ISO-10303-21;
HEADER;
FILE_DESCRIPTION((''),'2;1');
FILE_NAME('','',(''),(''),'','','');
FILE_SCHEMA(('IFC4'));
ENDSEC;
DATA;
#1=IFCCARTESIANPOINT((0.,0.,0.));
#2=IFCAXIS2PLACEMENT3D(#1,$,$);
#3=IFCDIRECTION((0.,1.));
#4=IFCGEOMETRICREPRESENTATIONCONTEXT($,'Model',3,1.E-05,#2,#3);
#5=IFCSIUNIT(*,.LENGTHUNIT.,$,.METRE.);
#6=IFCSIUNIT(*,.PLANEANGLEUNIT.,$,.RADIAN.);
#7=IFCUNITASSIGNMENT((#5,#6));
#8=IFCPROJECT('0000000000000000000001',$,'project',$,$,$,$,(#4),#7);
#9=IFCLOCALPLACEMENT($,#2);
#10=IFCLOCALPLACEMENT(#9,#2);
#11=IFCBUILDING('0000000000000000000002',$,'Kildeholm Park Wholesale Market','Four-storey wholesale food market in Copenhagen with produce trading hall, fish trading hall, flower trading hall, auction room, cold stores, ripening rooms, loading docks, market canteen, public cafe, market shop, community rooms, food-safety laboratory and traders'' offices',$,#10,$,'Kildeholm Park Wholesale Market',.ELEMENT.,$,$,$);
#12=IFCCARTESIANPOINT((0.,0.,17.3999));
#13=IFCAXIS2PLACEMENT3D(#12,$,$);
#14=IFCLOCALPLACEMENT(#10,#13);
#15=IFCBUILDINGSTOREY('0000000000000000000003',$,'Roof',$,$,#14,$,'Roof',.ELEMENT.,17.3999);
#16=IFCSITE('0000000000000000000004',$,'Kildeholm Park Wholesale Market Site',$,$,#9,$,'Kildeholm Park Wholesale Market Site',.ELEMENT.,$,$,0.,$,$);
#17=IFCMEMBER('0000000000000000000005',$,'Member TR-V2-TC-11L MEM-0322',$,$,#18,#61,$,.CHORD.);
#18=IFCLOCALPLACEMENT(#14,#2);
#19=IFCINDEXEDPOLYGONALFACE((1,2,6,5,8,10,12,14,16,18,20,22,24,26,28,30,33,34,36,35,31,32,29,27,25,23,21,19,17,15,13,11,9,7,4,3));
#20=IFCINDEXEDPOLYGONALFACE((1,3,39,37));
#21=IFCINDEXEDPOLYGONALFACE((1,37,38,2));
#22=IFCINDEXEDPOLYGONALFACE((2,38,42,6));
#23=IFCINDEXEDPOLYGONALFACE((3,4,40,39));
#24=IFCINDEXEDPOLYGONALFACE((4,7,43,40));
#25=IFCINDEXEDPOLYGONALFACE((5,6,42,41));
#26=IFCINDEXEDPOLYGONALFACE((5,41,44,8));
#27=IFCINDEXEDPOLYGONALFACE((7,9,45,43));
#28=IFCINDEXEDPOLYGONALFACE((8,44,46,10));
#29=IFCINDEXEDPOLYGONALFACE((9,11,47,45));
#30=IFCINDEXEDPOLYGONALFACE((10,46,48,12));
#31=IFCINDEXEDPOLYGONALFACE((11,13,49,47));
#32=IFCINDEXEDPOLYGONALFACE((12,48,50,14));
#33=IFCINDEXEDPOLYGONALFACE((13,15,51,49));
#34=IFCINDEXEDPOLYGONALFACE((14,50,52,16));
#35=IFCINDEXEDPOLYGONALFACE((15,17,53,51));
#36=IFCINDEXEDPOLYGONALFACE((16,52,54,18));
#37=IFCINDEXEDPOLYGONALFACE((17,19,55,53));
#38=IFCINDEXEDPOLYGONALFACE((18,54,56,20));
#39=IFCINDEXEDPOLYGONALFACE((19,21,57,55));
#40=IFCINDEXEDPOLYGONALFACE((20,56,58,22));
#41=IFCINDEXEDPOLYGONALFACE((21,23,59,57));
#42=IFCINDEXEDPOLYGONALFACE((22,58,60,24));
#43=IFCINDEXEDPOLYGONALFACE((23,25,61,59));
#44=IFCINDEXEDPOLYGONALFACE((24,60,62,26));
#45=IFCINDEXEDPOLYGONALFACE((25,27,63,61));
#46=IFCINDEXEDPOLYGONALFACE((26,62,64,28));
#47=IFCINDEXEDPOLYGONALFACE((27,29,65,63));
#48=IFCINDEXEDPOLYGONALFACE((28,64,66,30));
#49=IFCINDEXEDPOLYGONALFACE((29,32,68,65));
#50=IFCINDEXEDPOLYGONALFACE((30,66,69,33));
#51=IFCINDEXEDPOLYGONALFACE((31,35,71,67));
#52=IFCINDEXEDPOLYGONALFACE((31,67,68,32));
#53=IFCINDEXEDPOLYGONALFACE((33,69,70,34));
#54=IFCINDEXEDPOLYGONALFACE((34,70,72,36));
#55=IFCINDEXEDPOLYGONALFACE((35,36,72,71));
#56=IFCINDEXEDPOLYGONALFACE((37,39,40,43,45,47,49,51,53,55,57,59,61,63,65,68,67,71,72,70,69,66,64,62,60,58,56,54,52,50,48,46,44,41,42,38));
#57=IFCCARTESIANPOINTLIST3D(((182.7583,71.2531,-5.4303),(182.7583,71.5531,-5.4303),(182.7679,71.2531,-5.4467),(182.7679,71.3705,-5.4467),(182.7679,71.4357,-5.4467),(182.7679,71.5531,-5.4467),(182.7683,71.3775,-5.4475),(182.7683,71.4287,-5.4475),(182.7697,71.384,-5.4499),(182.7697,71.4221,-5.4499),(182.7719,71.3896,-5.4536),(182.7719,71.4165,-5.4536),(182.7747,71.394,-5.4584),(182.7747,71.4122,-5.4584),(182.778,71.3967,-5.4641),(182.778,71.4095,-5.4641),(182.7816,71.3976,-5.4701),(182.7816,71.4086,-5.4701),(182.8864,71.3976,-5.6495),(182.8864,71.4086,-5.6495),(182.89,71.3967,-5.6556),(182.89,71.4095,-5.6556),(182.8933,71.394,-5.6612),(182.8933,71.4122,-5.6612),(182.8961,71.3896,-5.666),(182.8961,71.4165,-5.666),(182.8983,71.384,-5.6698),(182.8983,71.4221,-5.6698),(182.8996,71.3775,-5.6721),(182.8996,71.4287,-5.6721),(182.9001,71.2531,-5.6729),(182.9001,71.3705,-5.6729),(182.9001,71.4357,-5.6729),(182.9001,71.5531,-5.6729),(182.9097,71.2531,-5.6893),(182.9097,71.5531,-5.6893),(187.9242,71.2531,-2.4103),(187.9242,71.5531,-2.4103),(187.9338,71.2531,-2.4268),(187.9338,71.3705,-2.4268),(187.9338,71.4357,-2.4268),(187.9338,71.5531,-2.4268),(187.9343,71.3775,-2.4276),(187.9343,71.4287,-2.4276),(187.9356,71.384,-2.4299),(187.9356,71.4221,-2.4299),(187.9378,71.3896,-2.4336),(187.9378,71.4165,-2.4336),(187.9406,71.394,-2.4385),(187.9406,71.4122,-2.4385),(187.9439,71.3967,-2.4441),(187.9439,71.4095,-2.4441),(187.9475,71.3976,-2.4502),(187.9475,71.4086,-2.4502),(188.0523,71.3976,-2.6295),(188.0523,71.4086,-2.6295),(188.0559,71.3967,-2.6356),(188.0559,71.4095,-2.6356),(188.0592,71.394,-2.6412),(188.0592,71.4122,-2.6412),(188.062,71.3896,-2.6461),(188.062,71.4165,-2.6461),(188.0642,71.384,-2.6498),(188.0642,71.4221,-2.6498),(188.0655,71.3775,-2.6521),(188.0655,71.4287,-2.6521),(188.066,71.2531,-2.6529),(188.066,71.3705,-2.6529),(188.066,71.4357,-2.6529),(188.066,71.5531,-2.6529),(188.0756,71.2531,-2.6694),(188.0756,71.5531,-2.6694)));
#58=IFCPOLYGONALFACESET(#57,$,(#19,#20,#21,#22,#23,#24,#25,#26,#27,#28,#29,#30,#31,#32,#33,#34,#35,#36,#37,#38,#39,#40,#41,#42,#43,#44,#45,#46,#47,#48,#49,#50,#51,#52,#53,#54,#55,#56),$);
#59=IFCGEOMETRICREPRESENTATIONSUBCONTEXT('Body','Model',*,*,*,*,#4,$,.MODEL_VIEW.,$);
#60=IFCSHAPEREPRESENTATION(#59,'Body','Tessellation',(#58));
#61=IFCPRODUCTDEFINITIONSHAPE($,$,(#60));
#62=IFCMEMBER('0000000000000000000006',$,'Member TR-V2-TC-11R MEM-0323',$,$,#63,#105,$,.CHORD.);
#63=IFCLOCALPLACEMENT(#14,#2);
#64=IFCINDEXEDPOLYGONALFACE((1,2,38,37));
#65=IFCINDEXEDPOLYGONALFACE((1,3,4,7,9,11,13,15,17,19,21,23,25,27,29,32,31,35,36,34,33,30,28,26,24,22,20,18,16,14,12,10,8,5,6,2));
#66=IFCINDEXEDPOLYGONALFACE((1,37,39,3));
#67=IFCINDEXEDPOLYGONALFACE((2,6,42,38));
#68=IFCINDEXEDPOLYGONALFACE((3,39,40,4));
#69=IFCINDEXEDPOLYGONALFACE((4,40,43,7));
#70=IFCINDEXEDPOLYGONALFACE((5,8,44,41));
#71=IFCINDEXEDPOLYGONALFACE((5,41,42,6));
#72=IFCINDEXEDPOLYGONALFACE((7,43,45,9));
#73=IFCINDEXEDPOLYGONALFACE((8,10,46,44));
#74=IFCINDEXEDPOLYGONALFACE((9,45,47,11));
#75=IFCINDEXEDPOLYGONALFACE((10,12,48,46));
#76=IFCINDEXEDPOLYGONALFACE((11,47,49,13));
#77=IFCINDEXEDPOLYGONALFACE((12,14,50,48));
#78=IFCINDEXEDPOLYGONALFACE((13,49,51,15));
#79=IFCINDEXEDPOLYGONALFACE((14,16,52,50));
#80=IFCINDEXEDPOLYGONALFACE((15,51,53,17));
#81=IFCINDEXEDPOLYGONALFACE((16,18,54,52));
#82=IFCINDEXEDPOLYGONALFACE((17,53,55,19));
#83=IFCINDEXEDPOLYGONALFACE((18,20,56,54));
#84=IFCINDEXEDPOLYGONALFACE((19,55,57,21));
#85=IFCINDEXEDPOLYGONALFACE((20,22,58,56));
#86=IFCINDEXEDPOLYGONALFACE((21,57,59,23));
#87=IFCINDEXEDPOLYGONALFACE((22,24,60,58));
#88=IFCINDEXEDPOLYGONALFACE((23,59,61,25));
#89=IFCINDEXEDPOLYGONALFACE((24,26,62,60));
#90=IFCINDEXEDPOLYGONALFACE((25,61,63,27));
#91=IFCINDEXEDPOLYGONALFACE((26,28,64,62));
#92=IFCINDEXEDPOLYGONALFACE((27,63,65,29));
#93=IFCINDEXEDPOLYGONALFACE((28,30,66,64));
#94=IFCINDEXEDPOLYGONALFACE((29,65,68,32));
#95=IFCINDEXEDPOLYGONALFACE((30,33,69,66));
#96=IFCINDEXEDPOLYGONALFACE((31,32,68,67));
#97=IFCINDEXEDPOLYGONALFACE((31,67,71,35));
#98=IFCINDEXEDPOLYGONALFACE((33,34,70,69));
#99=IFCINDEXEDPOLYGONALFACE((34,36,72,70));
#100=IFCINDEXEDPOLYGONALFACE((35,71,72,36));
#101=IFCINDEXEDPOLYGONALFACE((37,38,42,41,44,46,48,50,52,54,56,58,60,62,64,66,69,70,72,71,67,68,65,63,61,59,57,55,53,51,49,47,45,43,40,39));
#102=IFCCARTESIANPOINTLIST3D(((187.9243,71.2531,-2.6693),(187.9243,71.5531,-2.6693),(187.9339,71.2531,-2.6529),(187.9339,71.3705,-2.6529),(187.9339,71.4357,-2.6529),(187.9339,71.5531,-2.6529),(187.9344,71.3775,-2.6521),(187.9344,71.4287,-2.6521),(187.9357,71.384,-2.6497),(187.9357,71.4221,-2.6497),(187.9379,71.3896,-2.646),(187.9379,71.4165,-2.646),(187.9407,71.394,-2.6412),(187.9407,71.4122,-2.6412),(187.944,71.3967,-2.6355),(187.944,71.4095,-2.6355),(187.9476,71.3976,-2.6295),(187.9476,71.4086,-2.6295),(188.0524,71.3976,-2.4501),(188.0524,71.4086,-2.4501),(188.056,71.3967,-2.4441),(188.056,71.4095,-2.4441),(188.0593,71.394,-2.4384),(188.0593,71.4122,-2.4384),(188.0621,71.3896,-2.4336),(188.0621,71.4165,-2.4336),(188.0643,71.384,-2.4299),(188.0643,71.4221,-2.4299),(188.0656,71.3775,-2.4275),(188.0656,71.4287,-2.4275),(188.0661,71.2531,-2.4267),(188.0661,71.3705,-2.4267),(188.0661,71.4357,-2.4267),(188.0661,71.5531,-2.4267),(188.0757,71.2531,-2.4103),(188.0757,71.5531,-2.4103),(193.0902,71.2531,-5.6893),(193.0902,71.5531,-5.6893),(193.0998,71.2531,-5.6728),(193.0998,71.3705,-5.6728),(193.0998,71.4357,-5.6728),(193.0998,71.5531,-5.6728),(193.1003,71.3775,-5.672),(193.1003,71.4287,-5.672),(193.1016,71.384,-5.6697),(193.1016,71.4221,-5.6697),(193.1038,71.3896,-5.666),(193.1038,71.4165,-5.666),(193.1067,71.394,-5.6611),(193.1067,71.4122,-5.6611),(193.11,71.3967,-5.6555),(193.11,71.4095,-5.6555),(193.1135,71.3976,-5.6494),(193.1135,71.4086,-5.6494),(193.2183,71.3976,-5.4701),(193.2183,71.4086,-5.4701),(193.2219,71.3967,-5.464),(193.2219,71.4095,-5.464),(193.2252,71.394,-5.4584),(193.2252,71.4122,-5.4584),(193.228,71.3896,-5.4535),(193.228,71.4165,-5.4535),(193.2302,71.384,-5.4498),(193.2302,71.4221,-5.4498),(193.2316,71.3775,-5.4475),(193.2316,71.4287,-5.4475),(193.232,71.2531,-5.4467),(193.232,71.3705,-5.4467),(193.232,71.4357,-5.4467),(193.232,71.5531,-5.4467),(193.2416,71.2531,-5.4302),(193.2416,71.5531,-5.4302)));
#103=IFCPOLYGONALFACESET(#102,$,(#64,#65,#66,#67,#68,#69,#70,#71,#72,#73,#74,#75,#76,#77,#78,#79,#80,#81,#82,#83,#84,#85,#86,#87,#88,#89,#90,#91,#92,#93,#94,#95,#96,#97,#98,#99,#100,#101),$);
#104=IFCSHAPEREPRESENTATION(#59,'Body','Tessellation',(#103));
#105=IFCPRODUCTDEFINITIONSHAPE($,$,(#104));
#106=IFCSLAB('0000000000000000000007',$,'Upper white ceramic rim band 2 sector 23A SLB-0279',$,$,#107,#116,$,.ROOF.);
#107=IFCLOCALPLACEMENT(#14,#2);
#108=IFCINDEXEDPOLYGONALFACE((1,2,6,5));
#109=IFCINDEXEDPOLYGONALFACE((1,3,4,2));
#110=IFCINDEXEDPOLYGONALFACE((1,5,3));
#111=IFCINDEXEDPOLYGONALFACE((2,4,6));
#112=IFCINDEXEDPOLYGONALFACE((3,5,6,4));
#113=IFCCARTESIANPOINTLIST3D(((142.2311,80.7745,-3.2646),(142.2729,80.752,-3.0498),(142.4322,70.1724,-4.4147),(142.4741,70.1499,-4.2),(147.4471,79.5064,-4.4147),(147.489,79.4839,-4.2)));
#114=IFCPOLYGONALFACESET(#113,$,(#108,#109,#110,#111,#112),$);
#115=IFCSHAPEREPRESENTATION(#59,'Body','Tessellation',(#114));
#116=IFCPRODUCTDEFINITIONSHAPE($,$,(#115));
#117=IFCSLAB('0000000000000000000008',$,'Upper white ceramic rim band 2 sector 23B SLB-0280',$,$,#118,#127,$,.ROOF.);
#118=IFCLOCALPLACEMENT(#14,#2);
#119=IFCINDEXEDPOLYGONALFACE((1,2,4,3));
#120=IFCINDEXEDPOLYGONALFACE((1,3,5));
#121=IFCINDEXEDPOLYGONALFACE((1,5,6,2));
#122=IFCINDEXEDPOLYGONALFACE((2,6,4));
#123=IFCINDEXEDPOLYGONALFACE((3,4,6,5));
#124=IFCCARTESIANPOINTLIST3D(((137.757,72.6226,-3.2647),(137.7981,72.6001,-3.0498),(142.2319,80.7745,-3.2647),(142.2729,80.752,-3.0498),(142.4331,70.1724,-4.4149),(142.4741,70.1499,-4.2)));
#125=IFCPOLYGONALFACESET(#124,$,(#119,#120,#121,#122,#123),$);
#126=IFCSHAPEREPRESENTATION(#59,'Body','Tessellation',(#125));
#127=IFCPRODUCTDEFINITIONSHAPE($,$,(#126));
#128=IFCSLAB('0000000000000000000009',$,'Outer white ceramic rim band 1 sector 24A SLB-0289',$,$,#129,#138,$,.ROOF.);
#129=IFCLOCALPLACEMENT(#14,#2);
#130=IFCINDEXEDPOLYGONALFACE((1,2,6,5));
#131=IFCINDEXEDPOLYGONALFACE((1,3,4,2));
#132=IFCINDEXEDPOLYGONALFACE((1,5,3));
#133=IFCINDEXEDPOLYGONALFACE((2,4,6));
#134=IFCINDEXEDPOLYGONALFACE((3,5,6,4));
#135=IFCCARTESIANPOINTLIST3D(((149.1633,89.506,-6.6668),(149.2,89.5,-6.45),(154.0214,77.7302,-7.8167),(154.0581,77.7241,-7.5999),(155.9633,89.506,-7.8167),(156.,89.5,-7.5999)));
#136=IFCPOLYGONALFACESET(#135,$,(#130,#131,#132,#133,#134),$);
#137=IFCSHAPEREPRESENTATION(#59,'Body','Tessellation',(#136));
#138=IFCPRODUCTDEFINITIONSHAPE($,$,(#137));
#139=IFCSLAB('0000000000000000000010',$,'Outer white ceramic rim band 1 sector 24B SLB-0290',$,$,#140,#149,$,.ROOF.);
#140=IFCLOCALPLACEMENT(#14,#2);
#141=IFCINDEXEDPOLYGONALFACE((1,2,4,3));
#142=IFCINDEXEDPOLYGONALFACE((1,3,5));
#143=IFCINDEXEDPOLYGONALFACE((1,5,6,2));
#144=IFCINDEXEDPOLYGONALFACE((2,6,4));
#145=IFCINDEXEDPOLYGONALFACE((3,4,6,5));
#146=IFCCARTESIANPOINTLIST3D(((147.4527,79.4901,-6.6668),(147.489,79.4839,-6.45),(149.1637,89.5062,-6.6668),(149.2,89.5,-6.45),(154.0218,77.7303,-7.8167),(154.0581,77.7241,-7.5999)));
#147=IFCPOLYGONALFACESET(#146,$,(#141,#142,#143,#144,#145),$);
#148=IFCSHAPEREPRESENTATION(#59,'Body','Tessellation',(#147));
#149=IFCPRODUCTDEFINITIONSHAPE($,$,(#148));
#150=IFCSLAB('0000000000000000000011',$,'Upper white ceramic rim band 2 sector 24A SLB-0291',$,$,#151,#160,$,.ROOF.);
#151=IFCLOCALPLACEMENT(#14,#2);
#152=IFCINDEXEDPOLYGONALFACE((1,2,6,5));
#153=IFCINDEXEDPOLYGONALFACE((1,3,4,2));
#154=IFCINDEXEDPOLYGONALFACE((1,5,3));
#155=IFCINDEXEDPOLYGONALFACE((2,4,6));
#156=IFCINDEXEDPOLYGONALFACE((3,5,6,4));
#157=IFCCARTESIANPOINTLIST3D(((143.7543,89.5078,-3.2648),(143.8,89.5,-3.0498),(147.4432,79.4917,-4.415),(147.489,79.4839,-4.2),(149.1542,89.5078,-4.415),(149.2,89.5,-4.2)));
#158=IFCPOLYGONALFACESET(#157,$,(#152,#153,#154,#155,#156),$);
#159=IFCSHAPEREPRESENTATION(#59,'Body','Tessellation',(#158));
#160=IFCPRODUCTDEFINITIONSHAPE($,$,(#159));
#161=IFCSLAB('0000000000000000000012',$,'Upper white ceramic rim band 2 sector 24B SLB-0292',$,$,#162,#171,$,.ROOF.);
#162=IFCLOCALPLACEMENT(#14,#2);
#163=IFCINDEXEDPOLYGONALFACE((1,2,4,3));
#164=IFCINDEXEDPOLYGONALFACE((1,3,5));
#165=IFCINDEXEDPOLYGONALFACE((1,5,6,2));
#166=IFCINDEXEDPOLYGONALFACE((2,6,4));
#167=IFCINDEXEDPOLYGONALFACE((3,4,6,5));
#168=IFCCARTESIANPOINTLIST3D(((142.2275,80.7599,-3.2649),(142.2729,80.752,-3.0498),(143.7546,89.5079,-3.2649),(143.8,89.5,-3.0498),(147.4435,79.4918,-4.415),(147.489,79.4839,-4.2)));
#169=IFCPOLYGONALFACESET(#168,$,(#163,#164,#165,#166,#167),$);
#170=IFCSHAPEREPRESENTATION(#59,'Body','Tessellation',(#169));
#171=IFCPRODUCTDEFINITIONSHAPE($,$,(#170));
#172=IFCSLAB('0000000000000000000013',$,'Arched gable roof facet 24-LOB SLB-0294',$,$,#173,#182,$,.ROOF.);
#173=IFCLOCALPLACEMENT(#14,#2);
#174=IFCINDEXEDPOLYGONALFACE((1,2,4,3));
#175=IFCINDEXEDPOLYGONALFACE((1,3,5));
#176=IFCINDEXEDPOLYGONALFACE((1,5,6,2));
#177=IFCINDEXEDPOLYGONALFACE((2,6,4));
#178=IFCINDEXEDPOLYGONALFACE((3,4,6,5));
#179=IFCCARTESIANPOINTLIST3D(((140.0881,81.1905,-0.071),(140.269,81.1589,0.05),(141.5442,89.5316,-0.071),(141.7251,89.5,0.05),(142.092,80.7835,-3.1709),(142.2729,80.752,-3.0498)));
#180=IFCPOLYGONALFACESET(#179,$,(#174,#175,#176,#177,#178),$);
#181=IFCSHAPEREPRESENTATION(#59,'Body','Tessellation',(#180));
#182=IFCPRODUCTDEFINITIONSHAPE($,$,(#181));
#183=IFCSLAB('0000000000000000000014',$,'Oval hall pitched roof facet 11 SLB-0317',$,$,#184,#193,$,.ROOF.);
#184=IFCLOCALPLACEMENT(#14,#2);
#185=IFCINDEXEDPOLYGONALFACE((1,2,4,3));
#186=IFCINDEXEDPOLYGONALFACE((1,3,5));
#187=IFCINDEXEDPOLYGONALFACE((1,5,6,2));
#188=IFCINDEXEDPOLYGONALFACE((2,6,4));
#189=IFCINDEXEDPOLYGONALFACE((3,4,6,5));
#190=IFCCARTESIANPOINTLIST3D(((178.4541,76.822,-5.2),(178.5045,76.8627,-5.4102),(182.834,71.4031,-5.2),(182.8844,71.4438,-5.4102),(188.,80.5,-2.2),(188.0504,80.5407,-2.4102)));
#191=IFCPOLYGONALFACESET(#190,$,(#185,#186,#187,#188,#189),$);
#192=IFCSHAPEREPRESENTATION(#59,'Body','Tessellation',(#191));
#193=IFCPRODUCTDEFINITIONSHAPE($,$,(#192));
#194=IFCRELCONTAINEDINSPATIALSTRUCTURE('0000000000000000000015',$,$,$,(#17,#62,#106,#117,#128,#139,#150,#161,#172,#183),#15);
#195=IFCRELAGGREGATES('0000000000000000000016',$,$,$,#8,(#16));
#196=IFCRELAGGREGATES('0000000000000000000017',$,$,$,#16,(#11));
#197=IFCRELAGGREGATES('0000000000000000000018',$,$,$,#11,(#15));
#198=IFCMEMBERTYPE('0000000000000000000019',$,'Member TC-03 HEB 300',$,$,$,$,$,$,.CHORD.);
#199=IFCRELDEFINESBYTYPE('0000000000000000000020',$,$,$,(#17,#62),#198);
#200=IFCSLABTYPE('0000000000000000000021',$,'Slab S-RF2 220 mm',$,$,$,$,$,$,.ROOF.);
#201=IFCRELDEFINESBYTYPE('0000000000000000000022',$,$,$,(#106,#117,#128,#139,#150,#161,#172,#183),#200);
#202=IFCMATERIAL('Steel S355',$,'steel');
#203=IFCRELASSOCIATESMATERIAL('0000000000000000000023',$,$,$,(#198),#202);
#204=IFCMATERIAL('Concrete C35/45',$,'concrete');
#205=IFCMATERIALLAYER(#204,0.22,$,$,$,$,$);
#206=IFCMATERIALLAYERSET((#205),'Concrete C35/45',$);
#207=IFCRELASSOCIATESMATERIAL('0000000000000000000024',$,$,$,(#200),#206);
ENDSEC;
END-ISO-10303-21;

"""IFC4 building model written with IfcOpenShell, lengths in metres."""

from ifc_helpers import new_model, si_unit, direction, frame, origin, origin_2d, place, context, subcontext, project, spatial, polyline, i_section, outline, extrude, material, layer, layer_set, material_profile, profile_set, type_object, element, save


model = new_model("IFC4")

# Units and contexts
model_context = context("Model", 3, precision=1e-05, world=origin(), true_north=direction((0.0, 1.0)))
body_context = subcontext(model_context, "Body", "Model", "MODEL_VIEW")
ifc_project = project(units=[si_unit("LENGTHUNIT", "METRE"), si_unit("PLANEANGLEUNIT", "RADIAN")], contexts=[model_context])

# Site, building, storey
site_placement = place(None, origin())
site = spatial("IfcSite", under=ifc_project, at=site_placement, Name="Kildeholm Park Wholesale Market Site", LongName="Kildeholm Park Wholesale Market Site", CompositionType="ELEMENT", RefElevation=0.0)
building_placement = place(site_placement, origin())
building = spatial("IfcBuilding", under=site, at=building_placement, Name="Kildeholm Park Wholesale Market", Description="Four-storey wholesale food market in Copenhagen with produce trading hall, fish trading hall, flower trading hall, auction room, cold stores, ripening rooms, loading docks, market canteen, public cafe, market shop, community rooms, food-safety laboratory and traders' offices", LongName="Kildeholm Park Wholesale Market", CompositionType="ELEMENT")
storey_placement = place(building_placement, frame((0.0, 0.0, 17.3999)))
storey = spatial("IfcBuildingStorey", under=building, at=storey_placement, Name="Roof", LongName="Roof", CompositionType="ELEMENT", Elevation=17.3999)

# Shared definitions
ifc_material_1 = material(Name="Steel S355", Category="steel")

# Members
ifc_material_profile_1 = material_profile(ifc_material_1, i_section(OverallWidth=0.3, OverallDepth=0.3, WebThickness=0.011, FlangeThickness=0.019, FilletRadius=0.0271, at=origin_2d()), Name="HEB 300")
ifc_profile_set_1 = profile_set([ifc_material_profile_1], Name="Steel S355")
member_type_1 = type_object("IfcMemberType", Name="Member TC-03 HEB 300", PredefinedType="CHORD", material=ifc_profile_set_1)
for number, where, z_axis, x_axis, name in (
    (1, (182.834, 71.4031, -5.5598), (0.863305, 0.0, 0.504683), (0.0, 1.0, 0.0), "Member TR-V2-TC-11L MEM-0322"),
    (2, (188.0, 71.4031, -2.5398), (0.863305, 0.0, -0.504683), (0.0, 1.0, 0.0), "Member TR-V2-TC-11R MEM-0323"),
):
    element("IfcMember", number, at=place(storey_placement, frame(where, z_axis=z_axis, x_axis=x_axis)), inside=storey, type_object=member_type_1, Name=name, PredefinedType="CHORD", context=body_context, shape_type="SweptSolid", body=[
        extrude(i_section(OverallWidth=0.3, OverallDepth=0.3, WebThickness=0.011, FlangeThickness=0.019, FilletRadius=0.0271, at=origin_2d()), origin(), (0.0, 0.0, 1.0), 5.9839),
    ])

# Slabs
ifc_material_2 = material(Name="Concrete C35/45", Category="concrete")
ifc_layer_1 = layer(ifc_material_2, 0.22)
ifc_layer_set_1 = layer_set([ifc_layer_1], Name="Concrete C35/45")
slab_type = type_object("IfcSlabType", Name="Slab S-RF2 220 mm", PredefinedType="ROOF", material=ifc_layer_set_1)
slab_1_placement = place(storey_placement, frame((142.4741, 70.1499, -4.2), z_axis=(0.190416, -0.102306, 0.976358), x_axis=(0.473288, 0.880908, 0.0)))
element("IfcSlab", 3, at=slab_1_placement, inside=storey, type_object=slab_type, Name="Upper white ceramic rim band 2 sector 23A SLB-0279", PredefinedType="ROOF", context=body_context, shape_type="SweptSolid", body=[
    extrude(outline(polyline([(0.0, 0.0), (10.5959, 0.0), (9.2442, 5.3208), (0.0, 0.0)])), origin(), (0.0, 0.0, -1.0), 0.22),
])
slab_2_placement = place(storey_placement, frame((142.4741, 70.1499, -4.2), z_axis=(0.186642, -0.102455, 0.977071), x_axis=(-0.018861, 0.99399, 0.107831)))
element("IfcSlab", 4, at=slab_2_placement, inside=storey, type_object=slab_type, Name="Upper white ceramic rim band 2 sector 23B SLB-0280", PredefinedType="ROOF", context=body_context, shape_type="SweptSolid", body=[
    extrude(outline(polyline([(0.0, 0.0), (10.6662, 0.0), (2.6477, 4.7097), (0.0, 0.0)])), origin(), (0.0, 0.0, -1.0), 0.22),
])
slab_3_placement = place(storey_placement, frame((154.0581, 77.7241, -7.5999), z_axis=(0.166672, -0.027485, 0.985629), x_axis=(0.162707, 0.986674, 0.0)))
element("IfcSlab", 5, at=slab_3_placement, inside=storey, type_object=slab_type, Name="Outer white ceramic rim band 1 sector 24A SLB-0289", PredefinedType="ROOF", context=body_context, shape_type="SweptSolid", body=[
    extrude(outline(polyline([(0.0, 0.0), (11.9349, 0.0), (10.8285, 6.8073), (0.0, 0.0)])), origin(), (0.0, 0.0, -1.0), 0.22),
])
slab_4_placement = place(storey_placement, frame((154.0581, 77.7241, -7.5999), z_axis=(0.165025, -0.028189, 0.985886), x_axis=(-0.379827, 0.920678, 0.089903)))
element("IfcSlab", 6, at=slab_4_placement, inside=storey, type_object=slab_type, Name="Outer white ceramic rim band 1 sector 24B SLB-0290", PredefinedType="ROOF", context=body_context, shape_type="SweptSolid", body=[
    extrude(outline(polyline([(0.0, 0.0), (12.7904, 0.0), (4.2187, 5.4566), (0.0, 0.0)])), origin(), (0.0, 0.0, -1.0), 0.22),
])
slab_5_placement = place(storey_placement, frame((147.489, 79.4839, -4.2), z_axis=(0.208189, -0.035563, 0.977442), x_axis=(0.16838, 0.985722, 0.0)))
element("IfcSlab", 7, at=slab_5_placement, inside=storey, type_object=slab_type, Name="Upper white ceramic rim band 2 sector 24A SLB-0291", PredefinedType="ROOF", context=body_context, shape_type="SweptSolid", body=[
    extrude(outline(polyline([(0.0, 0.0), (10.1612, 0.0), (9.252, 5.4456), (0.0, 0.0)])), origin(), (0.0, 0.0, -1.0), 0.22),
])
slab_6_placement = place(storey_placement, frame((147.489, 79.4839, -4.2), z_axis=(0.20681, -0.036102, 0.977715), x_axis=(-0.343619, 0.932978, 0.107134)))
element("IfcSlab", 8, at=slab_6_placement, inside=storey, type_object=slab_type, Name="Upper white ceramic rim band 2 sector 24B SLB-0292", PredefinedType="ROOF", context=body_context, shape_type="SweptSolid", body=[
    extrude(outline(polyline([(0.0, 0.0), (10.7356, 0.0), (3.0986, 4.5317), (0.0, 0.0)])), origin(), (0.0, 0.0, -1.0), 0.22),
])
slab_7_placement = place(storey_placement, frame((142.2729, 80.752, -3.0498), z_axis=(0.822403, -0.143563, 0.550493), x_axis=(-0.058927, 0.940936, 0.333419)))
element("IfcSlab", 9, at=slab_7_placement, inside=storey, type_object=slab_type, Name="Arched gable roof facet 24-LOB SLB-0294", PredefinedType="ROOF", context=body_context, shape_type="SweptSolid", body=[
    extrude(outline(polyline([(0.0, 0.0), (9.2972, 0.0), (1.5346, 3.3816), (0.0, 0.0)])), origin(), (0.0, 0.0, -1.0), 0.22),
])
slab_8_placement = place(storey_placement, frame((178.4541, 76.822, -5.2), z_axis=(-0.229017, -0.185104, 0.955661), x_axis=(0.628601, -0.777728, 0.0)))
element("IfcSlab", 10, at=slab_8_placement, inside=storey, type_object=slab_type, Name="Oval hall pitched roof facet 11 SLB-0317", PredefinedType="ROOF", context=body_context, shape_type="SweptSolid", body=[
    extrude(outline(polyline([(0.0, 0.0), (6.9677, 0.0), (3.1401, 10.1878), (0.0, 0.0)])), origin(), (0.0, 0.0, -1.0), 0.22),
])

save(model, "model.ifc")
